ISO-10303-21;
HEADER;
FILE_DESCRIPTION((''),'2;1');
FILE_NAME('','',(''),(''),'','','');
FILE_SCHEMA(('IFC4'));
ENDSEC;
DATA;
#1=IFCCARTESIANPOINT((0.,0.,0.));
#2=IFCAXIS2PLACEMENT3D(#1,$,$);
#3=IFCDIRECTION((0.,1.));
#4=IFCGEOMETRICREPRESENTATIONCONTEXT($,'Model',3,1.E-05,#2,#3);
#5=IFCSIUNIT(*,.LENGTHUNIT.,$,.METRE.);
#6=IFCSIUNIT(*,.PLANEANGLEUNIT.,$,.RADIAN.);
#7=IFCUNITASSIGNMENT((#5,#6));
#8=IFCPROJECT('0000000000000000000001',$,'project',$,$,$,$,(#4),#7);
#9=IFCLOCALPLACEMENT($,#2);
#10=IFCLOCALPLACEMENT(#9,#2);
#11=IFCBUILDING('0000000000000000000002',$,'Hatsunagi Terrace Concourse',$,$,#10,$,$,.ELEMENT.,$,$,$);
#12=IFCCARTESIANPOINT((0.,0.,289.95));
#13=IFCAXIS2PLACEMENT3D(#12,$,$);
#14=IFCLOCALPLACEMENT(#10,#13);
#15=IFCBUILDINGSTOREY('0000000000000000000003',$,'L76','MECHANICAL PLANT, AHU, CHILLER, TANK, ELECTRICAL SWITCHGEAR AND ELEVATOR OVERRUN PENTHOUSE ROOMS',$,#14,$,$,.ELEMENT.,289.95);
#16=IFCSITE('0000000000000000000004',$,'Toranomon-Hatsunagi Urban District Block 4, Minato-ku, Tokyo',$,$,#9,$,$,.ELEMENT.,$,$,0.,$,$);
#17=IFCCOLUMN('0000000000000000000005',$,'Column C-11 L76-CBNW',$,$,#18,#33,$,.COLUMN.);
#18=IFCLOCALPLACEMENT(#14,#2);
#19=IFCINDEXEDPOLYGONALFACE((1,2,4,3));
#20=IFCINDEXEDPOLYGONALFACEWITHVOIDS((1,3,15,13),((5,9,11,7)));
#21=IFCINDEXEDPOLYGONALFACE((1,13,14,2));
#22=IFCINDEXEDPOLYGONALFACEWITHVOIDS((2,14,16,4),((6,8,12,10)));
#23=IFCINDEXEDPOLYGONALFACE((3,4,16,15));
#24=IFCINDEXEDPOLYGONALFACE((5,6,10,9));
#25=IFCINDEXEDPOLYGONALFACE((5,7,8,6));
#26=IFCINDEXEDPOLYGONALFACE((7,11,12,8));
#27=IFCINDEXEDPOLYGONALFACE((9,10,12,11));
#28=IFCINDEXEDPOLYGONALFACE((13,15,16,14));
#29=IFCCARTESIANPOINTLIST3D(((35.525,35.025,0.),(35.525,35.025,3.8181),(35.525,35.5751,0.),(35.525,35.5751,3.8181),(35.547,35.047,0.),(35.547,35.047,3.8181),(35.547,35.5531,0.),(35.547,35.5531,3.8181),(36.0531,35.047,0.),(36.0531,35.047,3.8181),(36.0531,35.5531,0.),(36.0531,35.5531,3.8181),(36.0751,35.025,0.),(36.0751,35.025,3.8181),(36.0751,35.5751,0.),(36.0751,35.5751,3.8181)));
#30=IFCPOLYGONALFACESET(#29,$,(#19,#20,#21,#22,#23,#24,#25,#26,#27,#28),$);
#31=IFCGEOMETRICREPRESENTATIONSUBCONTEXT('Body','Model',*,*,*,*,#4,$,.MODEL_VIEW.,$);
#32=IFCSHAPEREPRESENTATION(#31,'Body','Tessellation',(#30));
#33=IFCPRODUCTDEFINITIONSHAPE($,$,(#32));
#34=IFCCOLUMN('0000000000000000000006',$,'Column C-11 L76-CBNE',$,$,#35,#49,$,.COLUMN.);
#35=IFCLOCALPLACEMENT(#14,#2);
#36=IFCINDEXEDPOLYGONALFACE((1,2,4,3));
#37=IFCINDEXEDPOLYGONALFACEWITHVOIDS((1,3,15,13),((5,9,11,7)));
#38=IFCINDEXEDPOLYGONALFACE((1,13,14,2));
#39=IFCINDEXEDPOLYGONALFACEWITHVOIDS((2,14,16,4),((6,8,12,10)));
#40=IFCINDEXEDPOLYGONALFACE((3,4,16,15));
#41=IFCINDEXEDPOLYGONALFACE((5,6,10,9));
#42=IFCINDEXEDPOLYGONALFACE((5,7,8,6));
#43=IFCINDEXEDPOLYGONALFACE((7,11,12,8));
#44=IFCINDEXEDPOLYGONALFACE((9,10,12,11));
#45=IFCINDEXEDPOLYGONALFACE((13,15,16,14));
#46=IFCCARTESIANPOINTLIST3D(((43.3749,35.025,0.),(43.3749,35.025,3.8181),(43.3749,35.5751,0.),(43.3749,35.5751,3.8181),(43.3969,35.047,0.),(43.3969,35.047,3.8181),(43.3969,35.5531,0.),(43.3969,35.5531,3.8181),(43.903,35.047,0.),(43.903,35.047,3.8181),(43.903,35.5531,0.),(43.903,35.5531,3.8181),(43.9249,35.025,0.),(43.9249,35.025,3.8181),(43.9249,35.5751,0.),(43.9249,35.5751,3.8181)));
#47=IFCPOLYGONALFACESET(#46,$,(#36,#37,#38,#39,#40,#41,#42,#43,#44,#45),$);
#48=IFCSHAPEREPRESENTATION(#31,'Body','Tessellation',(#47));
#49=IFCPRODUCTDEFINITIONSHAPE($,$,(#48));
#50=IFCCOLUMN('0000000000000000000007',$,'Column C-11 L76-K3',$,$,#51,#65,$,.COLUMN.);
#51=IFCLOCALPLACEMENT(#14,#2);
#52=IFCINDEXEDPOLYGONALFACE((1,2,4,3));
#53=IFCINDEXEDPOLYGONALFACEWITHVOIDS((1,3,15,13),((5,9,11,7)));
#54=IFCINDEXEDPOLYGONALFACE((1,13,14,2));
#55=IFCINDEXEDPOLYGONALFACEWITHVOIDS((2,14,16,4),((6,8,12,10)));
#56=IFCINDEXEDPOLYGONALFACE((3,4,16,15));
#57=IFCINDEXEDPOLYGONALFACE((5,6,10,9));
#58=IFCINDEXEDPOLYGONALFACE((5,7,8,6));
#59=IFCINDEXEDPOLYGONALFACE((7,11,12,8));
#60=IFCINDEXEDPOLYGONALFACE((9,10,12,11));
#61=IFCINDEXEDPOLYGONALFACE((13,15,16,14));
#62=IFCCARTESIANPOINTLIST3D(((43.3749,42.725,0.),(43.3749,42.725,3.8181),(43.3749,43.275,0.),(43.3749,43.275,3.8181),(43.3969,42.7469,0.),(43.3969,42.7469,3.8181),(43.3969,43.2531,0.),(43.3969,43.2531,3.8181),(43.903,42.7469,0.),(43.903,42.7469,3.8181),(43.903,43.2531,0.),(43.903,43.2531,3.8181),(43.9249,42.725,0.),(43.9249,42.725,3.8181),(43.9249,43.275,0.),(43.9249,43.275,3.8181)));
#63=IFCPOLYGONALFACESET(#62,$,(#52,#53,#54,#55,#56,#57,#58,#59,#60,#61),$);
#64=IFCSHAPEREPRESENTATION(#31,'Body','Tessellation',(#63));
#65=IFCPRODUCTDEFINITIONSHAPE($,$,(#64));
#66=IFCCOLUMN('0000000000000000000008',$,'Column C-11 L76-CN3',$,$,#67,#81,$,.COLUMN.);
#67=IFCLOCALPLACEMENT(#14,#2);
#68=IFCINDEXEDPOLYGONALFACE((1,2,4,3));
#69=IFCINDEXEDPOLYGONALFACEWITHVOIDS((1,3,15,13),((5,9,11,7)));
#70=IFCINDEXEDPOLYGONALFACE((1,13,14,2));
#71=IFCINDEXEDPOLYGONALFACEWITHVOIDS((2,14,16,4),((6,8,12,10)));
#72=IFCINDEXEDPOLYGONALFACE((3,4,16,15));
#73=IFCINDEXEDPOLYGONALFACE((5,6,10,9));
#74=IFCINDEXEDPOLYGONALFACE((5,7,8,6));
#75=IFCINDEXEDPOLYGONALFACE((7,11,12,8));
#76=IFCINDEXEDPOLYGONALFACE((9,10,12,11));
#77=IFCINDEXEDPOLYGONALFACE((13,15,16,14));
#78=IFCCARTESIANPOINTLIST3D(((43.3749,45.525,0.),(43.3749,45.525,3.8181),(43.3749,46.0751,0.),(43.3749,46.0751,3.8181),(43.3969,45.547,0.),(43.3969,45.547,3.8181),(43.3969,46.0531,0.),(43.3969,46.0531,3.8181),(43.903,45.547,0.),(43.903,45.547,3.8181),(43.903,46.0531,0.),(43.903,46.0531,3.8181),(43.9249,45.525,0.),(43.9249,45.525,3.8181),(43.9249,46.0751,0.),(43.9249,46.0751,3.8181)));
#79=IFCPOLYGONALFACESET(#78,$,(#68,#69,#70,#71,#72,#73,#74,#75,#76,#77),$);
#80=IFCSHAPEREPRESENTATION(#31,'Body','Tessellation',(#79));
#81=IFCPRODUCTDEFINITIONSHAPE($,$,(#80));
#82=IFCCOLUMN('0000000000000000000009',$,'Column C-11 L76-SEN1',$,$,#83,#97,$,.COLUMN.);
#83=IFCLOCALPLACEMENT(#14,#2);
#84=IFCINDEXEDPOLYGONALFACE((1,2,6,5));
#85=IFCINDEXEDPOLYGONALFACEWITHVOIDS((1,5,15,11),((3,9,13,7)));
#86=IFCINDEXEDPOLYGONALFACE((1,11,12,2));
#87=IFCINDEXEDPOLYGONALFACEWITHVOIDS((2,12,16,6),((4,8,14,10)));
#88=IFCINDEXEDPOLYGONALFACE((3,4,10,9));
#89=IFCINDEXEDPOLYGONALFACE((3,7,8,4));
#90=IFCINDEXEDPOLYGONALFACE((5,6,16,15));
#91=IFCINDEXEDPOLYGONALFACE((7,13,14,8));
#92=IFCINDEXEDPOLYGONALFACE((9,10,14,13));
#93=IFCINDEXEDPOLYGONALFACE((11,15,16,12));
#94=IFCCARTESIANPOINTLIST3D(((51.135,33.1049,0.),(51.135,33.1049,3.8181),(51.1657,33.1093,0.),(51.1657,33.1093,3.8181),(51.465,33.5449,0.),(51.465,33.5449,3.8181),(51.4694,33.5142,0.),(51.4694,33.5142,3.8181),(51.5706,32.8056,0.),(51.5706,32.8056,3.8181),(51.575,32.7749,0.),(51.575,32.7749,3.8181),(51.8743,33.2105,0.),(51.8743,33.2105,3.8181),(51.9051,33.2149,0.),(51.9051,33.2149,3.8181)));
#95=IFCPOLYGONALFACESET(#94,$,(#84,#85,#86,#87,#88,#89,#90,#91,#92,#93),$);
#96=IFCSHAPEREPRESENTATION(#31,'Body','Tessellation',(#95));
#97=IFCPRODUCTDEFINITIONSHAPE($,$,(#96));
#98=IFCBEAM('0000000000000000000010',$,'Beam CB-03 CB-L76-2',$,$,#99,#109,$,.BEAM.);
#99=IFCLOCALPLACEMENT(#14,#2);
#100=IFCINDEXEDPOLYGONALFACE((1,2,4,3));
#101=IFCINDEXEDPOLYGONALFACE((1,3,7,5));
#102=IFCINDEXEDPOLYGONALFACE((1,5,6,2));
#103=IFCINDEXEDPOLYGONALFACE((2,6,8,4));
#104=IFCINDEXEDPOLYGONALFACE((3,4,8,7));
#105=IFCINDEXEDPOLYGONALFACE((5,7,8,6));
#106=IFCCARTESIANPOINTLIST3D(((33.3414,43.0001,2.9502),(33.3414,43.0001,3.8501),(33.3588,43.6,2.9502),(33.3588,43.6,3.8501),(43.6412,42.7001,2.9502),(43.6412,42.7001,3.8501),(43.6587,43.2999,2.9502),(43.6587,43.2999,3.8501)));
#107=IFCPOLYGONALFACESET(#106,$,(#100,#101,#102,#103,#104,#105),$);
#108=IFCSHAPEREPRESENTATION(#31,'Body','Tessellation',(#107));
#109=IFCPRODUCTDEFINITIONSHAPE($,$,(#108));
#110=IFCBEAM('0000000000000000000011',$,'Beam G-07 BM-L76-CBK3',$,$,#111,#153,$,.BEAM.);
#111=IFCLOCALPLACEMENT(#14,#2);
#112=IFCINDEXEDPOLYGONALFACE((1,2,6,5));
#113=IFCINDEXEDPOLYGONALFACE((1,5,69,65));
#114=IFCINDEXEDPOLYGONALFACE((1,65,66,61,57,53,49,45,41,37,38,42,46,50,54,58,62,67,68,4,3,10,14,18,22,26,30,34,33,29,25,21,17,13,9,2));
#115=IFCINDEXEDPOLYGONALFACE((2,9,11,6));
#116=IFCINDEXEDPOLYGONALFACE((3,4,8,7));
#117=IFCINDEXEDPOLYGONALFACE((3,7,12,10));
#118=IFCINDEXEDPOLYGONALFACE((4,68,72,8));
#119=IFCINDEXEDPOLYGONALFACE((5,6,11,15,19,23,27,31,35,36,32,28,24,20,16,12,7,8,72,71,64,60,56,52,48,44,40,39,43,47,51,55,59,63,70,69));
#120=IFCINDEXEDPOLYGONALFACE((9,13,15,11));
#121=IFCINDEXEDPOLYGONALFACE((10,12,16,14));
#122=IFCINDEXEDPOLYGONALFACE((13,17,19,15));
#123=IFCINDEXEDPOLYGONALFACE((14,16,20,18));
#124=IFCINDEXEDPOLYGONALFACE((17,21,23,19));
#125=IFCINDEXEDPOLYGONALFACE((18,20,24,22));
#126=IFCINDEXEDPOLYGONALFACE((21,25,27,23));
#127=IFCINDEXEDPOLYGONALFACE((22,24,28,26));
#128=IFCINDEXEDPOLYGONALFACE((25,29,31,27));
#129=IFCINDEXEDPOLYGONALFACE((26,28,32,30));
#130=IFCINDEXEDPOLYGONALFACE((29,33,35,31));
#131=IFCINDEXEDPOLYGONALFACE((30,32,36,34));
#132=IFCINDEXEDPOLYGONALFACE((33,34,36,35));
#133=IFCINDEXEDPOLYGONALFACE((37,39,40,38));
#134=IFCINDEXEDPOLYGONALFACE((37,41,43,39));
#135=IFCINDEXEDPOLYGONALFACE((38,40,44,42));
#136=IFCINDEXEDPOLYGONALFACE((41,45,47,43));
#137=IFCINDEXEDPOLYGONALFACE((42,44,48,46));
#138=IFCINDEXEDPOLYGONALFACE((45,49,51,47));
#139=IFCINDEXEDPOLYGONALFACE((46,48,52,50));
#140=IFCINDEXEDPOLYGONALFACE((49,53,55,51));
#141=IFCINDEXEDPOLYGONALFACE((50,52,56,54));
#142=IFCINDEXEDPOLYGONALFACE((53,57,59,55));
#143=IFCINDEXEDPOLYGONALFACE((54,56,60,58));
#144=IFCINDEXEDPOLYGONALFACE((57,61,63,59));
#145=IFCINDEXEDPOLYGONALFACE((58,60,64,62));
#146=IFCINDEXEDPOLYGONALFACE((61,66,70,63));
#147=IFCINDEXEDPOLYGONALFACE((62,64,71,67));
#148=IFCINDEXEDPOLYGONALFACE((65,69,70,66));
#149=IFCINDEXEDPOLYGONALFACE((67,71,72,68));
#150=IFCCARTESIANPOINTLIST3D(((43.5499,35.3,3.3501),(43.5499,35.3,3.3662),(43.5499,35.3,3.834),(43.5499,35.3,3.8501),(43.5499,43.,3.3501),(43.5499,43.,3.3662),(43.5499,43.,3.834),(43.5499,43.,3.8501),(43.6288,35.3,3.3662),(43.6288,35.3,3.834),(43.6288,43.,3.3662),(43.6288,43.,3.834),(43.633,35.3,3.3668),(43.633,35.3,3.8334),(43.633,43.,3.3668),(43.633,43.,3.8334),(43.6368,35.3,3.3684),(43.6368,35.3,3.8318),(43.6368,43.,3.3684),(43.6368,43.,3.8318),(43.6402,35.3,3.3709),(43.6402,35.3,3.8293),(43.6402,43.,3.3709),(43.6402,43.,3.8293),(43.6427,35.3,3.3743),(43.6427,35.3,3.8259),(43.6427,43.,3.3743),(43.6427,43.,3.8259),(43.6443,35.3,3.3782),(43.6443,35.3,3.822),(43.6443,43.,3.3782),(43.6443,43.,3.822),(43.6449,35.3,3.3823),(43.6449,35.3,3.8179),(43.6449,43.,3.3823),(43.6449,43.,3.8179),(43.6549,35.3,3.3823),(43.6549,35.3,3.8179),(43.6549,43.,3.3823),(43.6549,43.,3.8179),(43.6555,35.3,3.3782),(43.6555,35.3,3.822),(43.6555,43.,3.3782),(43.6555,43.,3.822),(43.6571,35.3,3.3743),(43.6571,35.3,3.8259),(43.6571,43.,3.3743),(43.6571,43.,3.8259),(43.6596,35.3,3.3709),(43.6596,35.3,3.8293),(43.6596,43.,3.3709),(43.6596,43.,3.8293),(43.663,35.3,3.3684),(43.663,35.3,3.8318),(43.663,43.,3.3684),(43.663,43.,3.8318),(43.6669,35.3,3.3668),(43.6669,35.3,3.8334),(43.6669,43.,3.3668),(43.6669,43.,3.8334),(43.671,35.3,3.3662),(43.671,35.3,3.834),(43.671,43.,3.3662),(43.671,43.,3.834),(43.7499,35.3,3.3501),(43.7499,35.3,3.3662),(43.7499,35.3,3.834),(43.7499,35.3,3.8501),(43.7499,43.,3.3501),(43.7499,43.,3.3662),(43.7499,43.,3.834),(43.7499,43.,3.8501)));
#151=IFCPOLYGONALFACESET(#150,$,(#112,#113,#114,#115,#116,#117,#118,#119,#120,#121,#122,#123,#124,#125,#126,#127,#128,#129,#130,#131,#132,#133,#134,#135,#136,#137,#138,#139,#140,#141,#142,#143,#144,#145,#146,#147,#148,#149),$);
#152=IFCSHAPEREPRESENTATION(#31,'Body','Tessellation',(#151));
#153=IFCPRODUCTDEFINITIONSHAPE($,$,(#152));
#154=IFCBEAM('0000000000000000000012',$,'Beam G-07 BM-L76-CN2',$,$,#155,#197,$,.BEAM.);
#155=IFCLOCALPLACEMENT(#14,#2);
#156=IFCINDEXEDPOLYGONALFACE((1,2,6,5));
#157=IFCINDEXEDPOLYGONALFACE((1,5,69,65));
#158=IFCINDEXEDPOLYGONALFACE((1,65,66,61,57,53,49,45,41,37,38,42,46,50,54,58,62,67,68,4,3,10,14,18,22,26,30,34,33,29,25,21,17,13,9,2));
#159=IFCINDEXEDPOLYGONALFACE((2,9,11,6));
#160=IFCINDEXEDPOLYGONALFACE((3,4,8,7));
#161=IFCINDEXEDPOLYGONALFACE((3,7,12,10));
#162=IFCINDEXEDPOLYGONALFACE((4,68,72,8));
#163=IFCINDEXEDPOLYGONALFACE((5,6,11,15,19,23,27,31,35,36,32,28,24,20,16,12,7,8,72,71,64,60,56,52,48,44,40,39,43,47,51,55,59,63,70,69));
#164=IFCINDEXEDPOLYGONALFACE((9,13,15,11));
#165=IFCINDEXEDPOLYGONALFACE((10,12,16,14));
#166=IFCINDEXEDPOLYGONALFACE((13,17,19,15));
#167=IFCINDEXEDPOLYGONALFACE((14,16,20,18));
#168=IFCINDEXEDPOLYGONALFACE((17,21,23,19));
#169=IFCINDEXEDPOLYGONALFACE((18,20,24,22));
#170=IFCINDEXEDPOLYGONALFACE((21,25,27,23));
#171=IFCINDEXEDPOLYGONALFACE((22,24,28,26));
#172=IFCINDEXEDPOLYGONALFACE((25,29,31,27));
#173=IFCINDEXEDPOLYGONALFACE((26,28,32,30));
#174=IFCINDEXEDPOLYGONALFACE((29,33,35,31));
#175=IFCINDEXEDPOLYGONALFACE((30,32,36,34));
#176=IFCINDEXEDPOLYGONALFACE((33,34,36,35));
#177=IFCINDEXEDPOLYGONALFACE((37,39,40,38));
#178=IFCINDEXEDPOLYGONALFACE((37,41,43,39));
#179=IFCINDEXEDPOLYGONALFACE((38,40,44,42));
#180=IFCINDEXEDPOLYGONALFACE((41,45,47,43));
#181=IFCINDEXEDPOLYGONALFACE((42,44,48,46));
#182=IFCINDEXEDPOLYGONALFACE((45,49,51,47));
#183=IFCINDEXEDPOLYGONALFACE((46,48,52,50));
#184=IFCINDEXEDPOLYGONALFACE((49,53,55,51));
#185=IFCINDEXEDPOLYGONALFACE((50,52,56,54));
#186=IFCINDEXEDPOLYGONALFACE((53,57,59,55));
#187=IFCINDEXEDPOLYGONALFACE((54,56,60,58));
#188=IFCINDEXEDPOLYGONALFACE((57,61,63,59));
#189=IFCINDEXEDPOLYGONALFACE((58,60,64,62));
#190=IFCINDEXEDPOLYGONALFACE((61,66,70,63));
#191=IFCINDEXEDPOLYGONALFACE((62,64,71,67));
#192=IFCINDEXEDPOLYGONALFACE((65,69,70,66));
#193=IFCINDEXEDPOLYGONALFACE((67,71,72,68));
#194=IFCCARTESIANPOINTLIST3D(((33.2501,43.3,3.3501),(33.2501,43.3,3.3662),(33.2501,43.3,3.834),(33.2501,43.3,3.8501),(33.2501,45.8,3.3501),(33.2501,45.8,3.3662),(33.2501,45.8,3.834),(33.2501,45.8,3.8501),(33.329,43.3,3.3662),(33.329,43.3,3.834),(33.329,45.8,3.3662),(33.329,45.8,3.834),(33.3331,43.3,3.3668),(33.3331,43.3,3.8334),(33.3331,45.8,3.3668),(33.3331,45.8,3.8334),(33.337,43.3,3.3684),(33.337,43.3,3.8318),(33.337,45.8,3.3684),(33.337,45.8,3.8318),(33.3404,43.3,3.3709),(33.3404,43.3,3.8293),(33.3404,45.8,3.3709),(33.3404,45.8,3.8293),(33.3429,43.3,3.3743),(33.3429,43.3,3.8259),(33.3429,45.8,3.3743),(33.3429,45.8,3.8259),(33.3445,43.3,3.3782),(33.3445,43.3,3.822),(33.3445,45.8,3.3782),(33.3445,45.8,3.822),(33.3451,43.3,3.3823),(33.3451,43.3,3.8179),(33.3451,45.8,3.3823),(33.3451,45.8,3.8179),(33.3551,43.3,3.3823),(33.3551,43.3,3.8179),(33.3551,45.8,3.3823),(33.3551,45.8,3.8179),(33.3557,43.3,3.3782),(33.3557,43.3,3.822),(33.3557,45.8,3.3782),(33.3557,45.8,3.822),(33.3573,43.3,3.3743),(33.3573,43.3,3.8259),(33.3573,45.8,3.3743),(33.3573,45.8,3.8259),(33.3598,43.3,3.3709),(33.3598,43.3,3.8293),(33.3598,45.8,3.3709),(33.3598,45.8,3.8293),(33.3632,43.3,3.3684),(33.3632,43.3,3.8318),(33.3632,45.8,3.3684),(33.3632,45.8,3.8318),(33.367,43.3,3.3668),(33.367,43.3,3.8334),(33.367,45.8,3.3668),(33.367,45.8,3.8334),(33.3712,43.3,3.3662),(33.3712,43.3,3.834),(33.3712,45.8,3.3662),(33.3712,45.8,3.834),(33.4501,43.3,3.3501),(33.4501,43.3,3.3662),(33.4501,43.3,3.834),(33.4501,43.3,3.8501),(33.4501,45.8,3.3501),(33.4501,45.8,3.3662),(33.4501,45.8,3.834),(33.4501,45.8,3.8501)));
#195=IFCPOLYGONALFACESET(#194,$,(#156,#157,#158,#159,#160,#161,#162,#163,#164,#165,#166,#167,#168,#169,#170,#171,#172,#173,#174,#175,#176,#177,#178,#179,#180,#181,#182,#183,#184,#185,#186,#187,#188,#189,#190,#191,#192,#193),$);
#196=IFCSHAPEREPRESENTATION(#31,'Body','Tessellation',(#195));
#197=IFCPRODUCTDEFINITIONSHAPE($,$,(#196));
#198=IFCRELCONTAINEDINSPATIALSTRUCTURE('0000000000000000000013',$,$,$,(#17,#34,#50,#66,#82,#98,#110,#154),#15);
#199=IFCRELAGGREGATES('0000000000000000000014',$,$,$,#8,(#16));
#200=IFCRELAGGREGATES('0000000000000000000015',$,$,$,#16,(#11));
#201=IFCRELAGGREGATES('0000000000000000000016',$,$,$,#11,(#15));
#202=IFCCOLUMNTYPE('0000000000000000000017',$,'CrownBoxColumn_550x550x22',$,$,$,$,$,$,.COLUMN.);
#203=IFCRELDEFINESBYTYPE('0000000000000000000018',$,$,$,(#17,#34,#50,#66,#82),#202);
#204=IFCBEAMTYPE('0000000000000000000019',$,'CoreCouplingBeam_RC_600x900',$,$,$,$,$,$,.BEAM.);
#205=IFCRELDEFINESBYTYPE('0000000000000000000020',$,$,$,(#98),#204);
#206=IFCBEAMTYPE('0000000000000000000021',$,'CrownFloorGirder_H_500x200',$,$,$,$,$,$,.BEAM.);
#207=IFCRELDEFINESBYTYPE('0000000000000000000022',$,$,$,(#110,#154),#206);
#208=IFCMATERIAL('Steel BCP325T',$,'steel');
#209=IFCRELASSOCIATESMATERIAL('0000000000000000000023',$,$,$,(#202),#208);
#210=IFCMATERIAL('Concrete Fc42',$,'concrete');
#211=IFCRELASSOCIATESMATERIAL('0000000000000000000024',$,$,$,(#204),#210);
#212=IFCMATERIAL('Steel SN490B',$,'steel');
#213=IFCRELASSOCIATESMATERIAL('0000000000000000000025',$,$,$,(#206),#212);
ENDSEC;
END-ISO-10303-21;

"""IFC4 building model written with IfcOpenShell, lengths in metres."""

from ifc_helpers import new_model, si_unit, direction, frame, origin, origin_2d, place, context, subcontext, project, spatial, rectangle, hollow_rectangle, i_section, extrude, material, material_profile, profile_set, type_object, element, save


model = new_model("IFC4")

# Units and contexts
model_context = context("Model", 3, precision=1e-05, world=origin(), true_north=direction((0.0, 1.0)))
body_context = subcontext(model_context, "Body", "Model", "MODEL_VIEW")
ifc_project = project(units=[si_unit("LENGTHUNIT", "METRE"), si_unit("PLANEANGLEUNIT", "RADIAN")], contexts=[model_context])

# Site, building, storey
site_placement = place(None, origin())
site = spatial("IfcSite", under=ifc_project, at=site_placement, Name="Toranomon-Hatsunagi Urban District Block 4, Minato-ku, Tokyo", CompositionType="ELEMENT", RefElevation=0.0)
building_placement = place(site_placement, origin())
building = spatial("IfcBuilding", under=site, at=building_placement, Name="Hatsunagi Terrace Concourse", CompositionType="ELEMENT")
storey_placement = place(building_placement, frame((0.0, 0.0, 289.95)))
storey = spatial("IfcBuildingStorey", under=building, at=storey_placement, Name="L76", Description="MECHANICAL PLANT, AHU, CHILLER, TANK, ELECTRICAL SWITCHGEAR AND ELEVATOR OVERRUN PENTHOUSE ROOMS", CompositionType="ELEMENT", Elevation=289.95)

# Columns
ifc_material_1 = material(Name="Steel BCP325T", Category="steel")
ifc_material_profile_1 = material_profile(ifc_material_1, hollow_rectangle(XDim=0.55, YDim=0.55, WallThickness=0.022, at=origin_2d()), Name="BCP-550x550x22")
ifc_profile_set_1 = profile_set([ifc_material_profile_1], Name="Steel BCP325T")
column_type = type_object("IfcColumnType", Name="CrownBoxColumn_550x550x22", PredefinedType="COLUMN", material=ifc_profile_set_1)
for number, where, z_axis, x_axis, name in (
    (1, (35.8, 35.3, 0.0), (0.0, 0.0, 1.0), (1.0, 0.0, 0.0), "Column C-11 L76-CBNW"),
    (2, (43.6499, 35.3, 0.0), (0.0, 0.0, 1.0), (1.0, 0.0, 0.0), "Column C-11 L76-CBNE"),
    (3, (43.6499, 43.0, 0.0), (0.0, 0.0, 1.0), (1.0, 0.0, 0.0), "Column C-11 L76-K3"),
    (4, (43.6499, 45.8, 0.0), (0.0, 0.0, 1.0), (1.0, 0.0, 0.0), "Column C-11 L76-CN3"),
    (5, (51.52, 33.1599, 0.0), (0.0, 0.0, 1.0), (0.8, -0.6, 0.0), "Column C-11 L76-SEN1"),
):
    element("IfcColumn", number, at=place(storey_placement, frame(where, z_axis=z_axis, x_axis=x_axis)), inside=storey, type_object=column_type, Name=name, PredefinedType="COLUMN", context=body_context, shape_type="SweptSolid", body=[
        extrude(hollow_rectangle(XDim=0.55, YDim=0.55, WallThickness=0.022, at=origin_2d()), origin(), (0.0, 0.0, 1.0), 3.8181),
    ])

# Beams
ifc_material_2 = material(Name="Concrete Fc42", Category="concrete")
ifc_material_profile_2 = material_profile(ifc_material_2, rectangle(XDim=0.6001, YDim=0.8999, at=origin_2d()), Name="RC-600x900")
ifc_profile_set_2 = profile_set([ifc_material_profile_2], Name="Concrete Fc42")
beam_type_1 = type_object("IfcBeamType", Name="CoreCouplingBeam_RC_600x900", PredefinedType="BEAM", material=ifc_profile_set_2)
beam_1_placement = place(storey_placement, frame((33.3501, 43.3, 3.4001), z_axis=(0.999576, -0.029119, 0.0), x_axis=(0.029119, 0.999576, 0.0)))
element("IfcBeam", 6, at=beam_1_placement, inside=storey, type_object=beam_type_1, Name="Beam CB-03 CB-L76-2", PredefinedType="BEAM", context=body_context, shape_type="SweptSolid", body=[
    extrude(rectangle(XDim=0.6001, YDim=0.8999, at=origin_2d()), origin(), (0.0, 0.0, 1.0), 10.3042),
])
ifc_material_3 = material(Name="Steel SN490B", Category="steel")
ifc_material_profile_3 = material_profile(ifc_material_3, i_section(OverallWidth=0.2, OverallDepth=0.5, WebThickness=0.01, FlangeThickness=0.0161, FilletRadius=0.0161, at=origin_2d()), Name="H-500x200x10x16")
ifc_profile_set_3 = profile_set([ifc_material_profile_3], Name="Steel SN490B")
beam_type_2 = type_object("IfcBeamType", Name="CrownFloorGirder_H_500x200", PredefinedType="BEAM", material=ifc_profile_set_3)
beam_2_placement = place(storey_placement, frame((43.6499, 35.3, 3.6001), z_axis=(0.0, 1.0, 0.0), x_axis=(-1.0, 0.0, 0.0)))
element("IfcBeam", 7, at=beam_2_placement, inside=storey, type_object=beam_type_2, Name="Beam G-07 BM-L76-CBK3", PredefinedType="BEAM", context=body_context, shape_type="SweptSolid", body=[
    extrude(i_section(OverallWidth=0.2, OverallDepth=0.5, WebThickness=0.01, FlangeThickness=0.0161, FilletRadius=0.0161, at=origin_2d()), origin(), (0.0, 0.0, 1.0), 7.7),
])
beam_3_placement = place(storey_placement, frame((33.3501, 43.3, 3.6001), z_axis=(0.0, 1.0, 0.0), x_axis=(-1.0, 0.0, 0.0)))
element("IfcBeam", 8, at=beam_3_placement, inside=storey, type_object=beam_type_2, Name="Beam G-07 BM-L76-CN2", PredefinedType="BEAM", context=body_context, shape_type="SweptSolid", body=[
    extrude(i_section(OverallWidth=0.2, OverallDepth=0.5, WebThickness=0.01, FlangeThickness=0.0161, FilletRadius=0.0161, at=origin_2d()), origin(), (0.0, 0.0, 1.0), 2.5),
])

save(model, "model.ifc")
